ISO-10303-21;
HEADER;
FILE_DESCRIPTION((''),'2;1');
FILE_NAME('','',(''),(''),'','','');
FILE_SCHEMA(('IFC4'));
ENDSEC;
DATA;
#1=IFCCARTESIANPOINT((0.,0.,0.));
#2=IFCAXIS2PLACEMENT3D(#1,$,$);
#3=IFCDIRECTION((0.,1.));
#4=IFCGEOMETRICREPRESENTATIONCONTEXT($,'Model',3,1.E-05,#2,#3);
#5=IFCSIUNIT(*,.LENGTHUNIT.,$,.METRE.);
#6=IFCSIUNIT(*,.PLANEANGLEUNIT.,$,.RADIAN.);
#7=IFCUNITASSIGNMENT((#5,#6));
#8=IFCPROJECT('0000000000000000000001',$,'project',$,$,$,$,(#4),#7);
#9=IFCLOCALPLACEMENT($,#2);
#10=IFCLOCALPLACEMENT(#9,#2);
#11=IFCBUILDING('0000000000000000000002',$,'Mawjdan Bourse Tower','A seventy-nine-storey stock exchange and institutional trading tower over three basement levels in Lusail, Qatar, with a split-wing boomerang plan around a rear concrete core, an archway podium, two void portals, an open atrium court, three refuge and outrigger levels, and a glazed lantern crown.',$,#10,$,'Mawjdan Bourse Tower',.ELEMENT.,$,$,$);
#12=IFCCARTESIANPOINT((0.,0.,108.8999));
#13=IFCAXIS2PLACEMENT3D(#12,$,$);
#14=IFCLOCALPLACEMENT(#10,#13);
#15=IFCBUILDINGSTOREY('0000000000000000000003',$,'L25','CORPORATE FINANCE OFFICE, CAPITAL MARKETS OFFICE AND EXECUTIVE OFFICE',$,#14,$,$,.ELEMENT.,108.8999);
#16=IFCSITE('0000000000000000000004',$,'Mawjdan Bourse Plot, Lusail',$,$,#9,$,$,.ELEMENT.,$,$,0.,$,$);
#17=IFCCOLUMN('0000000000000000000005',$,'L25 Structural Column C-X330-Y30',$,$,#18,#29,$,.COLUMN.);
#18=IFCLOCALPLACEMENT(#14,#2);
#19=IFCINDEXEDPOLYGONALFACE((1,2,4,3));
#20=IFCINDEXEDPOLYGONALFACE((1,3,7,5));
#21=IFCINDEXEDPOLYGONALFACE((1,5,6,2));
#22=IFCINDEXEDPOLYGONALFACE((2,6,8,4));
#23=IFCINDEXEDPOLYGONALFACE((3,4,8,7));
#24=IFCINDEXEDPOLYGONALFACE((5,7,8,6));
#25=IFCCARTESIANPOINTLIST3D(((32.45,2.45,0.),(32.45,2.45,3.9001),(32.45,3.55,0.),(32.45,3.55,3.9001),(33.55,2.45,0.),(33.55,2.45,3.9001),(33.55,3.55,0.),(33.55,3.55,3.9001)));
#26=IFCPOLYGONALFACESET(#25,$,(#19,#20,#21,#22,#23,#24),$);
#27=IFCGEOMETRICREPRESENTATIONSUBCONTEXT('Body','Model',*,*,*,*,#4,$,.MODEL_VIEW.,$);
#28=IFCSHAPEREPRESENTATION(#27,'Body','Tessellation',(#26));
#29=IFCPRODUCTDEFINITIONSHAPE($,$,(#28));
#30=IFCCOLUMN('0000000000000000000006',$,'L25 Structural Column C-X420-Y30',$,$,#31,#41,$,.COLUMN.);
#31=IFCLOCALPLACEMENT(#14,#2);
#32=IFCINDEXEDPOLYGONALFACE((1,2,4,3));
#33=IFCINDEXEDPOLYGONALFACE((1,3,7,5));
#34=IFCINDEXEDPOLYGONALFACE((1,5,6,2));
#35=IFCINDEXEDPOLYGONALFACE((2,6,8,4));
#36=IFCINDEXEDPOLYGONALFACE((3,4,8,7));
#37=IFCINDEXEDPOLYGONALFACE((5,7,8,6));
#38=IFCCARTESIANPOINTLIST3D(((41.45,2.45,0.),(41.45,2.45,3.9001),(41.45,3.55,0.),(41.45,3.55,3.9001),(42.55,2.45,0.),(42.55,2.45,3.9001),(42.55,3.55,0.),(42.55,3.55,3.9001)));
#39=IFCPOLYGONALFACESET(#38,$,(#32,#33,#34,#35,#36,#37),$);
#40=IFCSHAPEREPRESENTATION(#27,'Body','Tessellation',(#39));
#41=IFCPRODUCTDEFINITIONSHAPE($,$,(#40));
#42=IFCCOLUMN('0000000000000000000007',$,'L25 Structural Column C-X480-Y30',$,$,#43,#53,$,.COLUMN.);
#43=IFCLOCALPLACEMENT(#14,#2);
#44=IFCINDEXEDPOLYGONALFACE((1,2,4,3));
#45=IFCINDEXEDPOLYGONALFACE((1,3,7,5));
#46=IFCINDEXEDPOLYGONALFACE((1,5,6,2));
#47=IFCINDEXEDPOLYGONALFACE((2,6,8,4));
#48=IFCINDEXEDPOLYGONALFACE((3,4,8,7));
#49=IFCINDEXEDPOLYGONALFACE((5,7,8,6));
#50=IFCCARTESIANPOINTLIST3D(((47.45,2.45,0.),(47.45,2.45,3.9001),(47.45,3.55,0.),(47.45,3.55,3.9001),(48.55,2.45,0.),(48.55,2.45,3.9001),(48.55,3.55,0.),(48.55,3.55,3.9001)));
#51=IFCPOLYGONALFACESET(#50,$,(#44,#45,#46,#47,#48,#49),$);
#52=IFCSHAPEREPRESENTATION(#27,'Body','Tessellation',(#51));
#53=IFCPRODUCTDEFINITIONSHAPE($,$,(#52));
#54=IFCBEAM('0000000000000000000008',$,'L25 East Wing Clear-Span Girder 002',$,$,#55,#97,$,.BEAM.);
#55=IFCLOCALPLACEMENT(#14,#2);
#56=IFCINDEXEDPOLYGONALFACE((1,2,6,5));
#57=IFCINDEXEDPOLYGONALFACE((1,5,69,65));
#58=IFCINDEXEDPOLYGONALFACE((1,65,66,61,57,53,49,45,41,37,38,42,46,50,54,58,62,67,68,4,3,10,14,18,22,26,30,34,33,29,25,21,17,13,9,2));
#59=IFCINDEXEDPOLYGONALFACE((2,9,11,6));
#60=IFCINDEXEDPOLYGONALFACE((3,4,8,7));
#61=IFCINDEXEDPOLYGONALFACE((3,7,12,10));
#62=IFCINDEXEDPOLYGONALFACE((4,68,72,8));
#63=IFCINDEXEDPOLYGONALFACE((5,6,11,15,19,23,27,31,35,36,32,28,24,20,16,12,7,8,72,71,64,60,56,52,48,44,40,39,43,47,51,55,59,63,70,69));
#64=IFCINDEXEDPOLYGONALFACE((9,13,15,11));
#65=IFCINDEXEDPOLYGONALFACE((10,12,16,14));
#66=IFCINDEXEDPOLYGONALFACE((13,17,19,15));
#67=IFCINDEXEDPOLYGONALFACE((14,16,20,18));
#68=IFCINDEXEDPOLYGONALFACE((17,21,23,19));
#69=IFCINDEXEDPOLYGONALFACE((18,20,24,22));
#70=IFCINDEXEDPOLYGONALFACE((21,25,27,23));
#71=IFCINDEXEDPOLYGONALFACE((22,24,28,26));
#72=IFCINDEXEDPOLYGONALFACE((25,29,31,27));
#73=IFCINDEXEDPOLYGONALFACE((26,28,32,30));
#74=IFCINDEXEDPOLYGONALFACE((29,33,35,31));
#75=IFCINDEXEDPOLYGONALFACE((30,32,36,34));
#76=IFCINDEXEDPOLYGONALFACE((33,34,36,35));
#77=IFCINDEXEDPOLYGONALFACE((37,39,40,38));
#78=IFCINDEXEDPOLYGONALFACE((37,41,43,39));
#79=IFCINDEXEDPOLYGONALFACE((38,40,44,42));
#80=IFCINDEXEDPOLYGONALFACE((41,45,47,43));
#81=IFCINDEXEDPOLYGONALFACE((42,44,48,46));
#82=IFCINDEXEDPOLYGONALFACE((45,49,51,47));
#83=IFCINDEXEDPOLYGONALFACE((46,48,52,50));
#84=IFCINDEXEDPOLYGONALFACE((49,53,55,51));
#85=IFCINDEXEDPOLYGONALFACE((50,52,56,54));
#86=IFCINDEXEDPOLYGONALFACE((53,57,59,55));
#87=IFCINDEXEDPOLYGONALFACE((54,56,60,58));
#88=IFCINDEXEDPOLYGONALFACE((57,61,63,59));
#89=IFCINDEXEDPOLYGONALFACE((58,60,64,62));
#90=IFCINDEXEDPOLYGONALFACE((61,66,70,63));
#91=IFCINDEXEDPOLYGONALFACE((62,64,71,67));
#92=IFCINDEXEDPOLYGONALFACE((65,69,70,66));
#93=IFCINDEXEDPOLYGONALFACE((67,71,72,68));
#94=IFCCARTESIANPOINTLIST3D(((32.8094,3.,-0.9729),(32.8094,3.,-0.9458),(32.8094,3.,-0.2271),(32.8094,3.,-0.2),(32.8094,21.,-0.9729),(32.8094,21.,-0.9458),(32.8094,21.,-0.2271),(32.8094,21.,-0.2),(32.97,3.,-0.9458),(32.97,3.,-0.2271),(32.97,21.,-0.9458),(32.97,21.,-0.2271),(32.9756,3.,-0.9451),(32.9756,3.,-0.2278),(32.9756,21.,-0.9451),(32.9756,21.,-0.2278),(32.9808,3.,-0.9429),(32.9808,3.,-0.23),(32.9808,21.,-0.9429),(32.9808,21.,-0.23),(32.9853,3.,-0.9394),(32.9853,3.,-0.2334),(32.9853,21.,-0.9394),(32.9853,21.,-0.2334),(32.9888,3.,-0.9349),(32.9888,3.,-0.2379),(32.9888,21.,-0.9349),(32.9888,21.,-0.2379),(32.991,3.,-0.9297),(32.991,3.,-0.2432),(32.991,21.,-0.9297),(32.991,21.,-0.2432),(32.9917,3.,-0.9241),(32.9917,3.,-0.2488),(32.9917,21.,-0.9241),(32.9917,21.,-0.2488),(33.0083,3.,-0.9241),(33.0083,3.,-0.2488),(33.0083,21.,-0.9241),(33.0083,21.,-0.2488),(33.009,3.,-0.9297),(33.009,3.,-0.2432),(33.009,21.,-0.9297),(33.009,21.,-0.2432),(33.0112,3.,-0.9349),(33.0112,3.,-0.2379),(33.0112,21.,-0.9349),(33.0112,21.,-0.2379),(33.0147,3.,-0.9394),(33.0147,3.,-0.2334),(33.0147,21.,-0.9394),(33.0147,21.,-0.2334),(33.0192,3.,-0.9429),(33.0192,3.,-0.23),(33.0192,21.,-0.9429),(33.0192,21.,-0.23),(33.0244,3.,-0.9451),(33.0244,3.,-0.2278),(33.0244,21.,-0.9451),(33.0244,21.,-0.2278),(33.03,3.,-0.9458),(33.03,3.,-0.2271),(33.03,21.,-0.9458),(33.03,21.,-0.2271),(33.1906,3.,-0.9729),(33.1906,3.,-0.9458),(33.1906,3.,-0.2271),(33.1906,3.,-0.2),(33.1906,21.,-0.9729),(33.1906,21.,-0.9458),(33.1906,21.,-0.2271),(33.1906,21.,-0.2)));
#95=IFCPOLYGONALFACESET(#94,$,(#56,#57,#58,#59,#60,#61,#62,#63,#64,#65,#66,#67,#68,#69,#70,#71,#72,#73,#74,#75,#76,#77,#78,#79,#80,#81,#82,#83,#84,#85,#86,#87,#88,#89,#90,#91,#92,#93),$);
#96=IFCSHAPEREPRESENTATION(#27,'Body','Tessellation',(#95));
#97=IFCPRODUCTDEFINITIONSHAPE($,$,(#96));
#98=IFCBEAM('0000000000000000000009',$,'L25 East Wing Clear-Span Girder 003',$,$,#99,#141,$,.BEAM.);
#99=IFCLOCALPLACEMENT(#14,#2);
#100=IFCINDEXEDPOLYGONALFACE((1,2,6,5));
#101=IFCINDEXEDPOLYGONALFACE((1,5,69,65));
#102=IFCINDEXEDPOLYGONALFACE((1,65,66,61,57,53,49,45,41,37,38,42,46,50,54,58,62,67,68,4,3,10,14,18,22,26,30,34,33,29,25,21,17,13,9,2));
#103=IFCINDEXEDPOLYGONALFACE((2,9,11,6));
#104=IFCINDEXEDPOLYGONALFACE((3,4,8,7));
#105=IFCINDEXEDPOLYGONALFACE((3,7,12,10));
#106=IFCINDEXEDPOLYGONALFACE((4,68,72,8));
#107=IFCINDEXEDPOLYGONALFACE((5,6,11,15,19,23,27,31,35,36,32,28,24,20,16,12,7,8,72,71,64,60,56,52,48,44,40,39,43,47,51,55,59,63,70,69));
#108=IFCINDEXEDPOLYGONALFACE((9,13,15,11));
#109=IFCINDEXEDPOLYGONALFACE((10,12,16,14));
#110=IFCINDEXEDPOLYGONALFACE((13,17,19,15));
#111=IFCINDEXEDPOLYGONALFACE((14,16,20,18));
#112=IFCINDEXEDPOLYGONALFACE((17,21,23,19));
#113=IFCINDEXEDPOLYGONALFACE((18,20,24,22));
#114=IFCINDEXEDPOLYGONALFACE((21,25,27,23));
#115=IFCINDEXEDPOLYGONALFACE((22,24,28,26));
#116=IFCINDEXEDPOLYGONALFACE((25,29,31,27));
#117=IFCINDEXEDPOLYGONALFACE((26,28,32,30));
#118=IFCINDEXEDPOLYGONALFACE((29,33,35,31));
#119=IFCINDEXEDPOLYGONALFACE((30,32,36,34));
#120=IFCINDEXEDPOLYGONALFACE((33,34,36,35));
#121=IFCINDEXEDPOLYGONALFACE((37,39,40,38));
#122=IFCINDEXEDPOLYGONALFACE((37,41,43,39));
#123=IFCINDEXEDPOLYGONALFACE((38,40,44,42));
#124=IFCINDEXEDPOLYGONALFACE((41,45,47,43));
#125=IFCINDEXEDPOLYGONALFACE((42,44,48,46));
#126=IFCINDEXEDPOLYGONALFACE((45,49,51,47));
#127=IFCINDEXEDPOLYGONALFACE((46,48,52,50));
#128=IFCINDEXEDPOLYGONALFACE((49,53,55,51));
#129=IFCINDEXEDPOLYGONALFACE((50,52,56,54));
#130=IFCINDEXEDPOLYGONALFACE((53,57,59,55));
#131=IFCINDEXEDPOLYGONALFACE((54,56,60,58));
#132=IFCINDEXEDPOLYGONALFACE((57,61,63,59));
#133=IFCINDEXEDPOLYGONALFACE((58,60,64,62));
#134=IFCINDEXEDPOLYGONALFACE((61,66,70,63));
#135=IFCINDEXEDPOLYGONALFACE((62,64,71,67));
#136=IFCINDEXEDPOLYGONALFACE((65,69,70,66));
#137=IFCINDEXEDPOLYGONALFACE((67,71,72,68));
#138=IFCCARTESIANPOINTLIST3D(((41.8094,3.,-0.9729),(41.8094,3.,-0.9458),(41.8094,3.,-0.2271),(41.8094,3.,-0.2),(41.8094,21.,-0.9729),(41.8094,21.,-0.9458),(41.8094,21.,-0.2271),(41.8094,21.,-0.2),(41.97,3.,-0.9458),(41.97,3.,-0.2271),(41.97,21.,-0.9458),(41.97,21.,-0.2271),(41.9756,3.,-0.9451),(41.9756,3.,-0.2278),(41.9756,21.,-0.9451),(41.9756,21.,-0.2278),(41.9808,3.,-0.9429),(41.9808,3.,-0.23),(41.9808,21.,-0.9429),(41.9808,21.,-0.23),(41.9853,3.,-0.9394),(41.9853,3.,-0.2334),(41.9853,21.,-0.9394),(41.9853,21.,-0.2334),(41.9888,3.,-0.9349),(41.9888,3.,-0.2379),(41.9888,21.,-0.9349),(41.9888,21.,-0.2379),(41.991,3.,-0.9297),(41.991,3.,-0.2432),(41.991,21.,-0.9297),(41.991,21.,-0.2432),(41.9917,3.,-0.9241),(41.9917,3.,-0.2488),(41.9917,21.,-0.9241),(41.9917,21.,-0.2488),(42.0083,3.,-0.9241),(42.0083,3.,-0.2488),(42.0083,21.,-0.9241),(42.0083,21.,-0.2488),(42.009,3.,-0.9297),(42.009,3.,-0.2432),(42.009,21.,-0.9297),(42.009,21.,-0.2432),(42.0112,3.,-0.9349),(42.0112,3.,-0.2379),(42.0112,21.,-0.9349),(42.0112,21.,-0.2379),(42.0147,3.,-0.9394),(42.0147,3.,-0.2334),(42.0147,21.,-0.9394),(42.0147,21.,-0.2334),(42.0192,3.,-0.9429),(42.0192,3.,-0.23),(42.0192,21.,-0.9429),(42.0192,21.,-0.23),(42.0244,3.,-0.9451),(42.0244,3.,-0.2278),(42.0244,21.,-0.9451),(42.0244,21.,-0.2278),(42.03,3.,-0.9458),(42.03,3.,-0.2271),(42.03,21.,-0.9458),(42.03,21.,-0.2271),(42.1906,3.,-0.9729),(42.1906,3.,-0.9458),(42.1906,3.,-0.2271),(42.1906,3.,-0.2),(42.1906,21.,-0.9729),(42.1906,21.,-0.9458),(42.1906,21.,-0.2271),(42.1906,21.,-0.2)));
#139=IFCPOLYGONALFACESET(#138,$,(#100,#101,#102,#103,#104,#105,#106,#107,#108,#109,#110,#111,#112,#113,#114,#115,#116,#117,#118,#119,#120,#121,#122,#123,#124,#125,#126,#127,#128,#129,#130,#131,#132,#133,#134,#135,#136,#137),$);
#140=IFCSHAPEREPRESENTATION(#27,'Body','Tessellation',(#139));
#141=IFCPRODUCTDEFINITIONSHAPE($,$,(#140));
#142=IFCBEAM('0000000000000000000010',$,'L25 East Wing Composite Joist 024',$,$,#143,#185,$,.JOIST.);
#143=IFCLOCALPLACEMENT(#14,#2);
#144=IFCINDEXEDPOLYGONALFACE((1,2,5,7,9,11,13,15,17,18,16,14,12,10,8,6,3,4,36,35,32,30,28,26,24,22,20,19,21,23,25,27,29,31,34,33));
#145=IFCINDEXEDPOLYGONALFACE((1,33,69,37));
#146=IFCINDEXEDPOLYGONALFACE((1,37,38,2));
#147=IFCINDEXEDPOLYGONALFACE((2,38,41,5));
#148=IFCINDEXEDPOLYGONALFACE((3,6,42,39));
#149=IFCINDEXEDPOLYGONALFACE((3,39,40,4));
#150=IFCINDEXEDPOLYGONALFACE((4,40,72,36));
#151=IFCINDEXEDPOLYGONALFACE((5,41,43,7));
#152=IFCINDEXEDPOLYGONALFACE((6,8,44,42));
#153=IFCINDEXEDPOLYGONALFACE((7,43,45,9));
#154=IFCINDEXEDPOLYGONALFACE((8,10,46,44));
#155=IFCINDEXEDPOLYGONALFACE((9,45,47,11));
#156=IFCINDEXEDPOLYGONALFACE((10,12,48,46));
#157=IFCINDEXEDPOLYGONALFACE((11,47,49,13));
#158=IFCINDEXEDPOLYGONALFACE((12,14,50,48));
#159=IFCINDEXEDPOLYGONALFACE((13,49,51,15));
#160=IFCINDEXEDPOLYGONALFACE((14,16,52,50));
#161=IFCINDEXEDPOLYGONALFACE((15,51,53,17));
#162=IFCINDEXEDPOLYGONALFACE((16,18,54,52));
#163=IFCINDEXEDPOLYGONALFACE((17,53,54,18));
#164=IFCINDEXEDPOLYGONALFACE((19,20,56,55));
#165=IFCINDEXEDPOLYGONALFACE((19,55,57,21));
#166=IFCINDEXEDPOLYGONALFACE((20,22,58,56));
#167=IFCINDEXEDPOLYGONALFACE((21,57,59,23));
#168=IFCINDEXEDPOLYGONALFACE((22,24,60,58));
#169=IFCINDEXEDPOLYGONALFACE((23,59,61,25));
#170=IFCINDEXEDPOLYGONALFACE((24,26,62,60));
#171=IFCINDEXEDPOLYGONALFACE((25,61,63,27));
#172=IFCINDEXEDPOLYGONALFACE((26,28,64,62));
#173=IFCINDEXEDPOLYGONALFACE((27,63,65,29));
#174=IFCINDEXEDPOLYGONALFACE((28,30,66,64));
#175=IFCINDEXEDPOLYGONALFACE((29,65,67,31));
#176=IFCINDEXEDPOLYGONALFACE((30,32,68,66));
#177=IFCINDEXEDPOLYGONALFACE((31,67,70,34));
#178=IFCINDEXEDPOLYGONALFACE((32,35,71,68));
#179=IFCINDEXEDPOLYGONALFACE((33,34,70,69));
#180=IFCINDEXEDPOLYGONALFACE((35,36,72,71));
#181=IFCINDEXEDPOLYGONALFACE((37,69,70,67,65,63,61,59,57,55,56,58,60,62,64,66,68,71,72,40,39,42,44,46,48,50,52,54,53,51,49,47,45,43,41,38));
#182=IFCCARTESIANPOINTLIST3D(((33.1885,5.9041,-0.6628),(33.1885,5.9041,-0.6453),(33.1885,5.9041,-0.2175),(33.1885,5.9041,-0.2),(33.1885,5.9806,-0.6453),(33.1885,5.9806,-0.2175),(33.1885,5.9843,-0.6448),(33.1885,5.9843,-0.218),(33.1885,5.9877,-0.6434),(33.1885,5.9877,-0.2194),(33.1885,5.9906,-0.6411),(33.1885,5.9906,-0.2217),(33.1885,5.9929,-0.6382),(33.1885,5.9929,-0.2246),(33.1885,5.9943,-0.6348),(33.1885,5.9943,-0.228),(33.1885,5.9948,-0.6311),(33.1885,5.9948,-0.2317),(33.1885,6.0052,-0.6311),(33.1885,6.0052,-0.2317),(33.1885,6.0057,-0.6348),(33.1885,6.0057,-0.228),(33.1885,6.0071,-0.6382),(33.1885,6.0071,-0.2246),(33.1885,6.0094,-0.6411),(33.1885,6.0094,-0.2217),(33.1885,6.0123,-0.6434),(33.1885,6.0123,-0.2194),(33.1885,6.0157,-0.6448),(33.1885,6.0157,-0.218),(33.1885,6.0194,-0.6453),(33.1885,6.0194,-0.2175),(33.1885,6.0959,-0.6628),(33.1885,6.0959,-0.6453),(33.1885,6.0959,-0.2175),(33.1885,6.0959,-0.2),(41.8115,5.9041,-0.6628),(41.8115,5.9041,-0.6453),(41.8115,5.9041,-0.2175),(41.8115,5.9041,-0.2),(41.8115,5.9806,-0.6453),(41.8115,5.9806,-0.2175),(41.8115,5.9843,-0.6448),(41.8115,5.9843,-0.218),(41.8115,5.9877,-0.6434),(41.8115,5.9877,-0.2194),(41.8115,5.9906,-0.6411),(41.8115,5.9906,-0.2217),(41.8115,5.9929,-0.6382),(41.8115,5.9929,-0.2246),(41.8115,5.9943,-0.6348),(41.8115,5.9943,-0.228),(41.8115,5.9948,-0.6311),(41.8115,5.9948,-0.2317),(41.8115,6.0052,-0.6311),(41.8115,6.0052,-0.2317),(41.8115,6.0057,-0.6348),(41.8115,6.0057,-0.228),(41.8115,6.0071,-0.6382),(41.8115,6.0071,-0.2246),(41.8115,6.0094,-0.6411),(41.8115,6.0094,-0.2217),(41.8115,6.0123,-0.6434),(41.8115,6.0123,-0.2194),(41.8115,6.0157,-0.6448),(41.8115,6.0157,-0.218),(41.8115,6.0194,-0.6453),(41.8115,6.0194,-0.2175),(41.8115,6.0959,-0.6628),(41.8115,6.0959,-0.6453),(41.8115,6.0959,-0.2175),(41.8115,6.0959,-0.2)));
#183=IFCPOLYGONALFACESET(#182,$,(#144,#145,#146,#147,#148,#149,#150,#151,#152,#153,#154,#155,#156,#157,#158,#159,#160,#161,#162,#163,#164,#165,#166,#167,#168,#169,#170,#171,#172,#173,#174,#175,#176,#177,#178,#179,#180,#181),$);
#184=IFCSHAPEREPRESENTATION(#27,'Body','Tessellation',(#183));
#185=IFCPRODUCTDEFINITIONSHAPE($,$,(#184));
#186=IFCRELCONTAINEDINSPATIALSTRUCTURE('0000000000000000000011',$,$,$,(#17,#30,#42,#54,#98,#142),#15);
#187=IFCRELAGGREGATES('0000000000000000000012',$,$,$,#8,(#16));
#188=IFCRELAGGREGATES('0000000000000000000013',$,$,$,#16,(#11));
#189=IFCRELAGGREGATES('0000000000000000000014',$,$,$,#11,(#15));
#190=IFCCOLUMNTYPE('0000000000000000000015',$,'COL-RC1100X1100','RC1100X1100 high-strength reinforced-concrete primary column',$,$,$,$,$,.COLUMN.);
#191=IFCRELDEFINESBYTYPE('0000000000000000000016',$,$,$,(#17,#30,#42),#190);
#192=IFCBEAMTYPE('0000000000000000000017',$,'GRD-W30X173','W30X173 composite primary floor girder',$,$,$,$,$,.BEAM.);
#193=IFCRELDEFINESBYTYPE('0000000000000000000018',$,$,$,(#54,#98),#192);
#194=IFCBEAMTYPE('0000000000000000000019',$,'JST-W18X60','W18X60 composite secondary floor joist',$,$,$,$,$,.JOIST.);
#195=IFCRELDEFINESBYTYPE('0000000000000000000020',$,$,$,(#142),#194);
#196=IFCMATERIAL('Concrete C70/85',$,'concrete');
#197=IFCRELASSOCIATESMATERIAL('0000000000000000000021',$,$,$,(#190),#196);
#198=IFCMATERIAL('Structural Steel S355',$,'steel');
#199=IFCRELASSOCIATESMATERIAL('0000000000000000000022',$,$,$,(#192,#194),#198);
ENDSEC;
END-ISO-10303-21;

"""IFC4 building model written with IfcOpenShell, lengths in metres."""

from ifc_helpers import new_model, si_unit, direction, frame, origin, origin_2d, place, context, subcontext, project, spatial, rectangle, i_section, extrude, material, material_profile, profile_set, type_object, element, save


model = new_model("IFC4")

# Units and contexts
model_context = context("Model", 3, precision=1e-05, world=origin(), true_north=direction((0.0, 1.0)))
body_context = subcontext(model_context, "Body", "Model", "MODEL_VIEW")
ifc_project = project(units=[si_unit("LENGTHUNIT", "METRE"), si_unit("PLANEANGLEUNIT", "RADIAN")], contexts=[model_context])

# Site, building, storey
site_placement = place(None, origin())
site = spatial("IfcSite", under=ifc_project, at=site_placement, Name="Mawjdan Bourse Plot, Lusail", CompositionType="ELEMENT", RefElevation=0.0)
building_placement = place(site_placement, origin())
building = spatial("IfcBuilding", under=site, at=building_placement, Name="Mawjdan Bourse Tower", Description="A seventy-nine-storey stock exchange and institutional trading tower over three basement levels in Lusail, Qatar, with a split-wing boomerang plan around a rear concrete core, an archway podium, two void portals, an open atrium court, three refuge and outrigger levels, and a glazed lantern crown.", LongName="Mawjdan Bourse Tower", CompositionType="ELEMENT")
storey_placement = place(building_placement, frame((0.0, 0.0, 108.8999)))
storey = spatial("IfcBuildingStorey", under=building, at=storey_placement, Name="L25", Description="CORPORATE FINANCE OFFICE, CAPITAL MARKETS OFFICE AND EXECUTIVE OFFICE", CompositionType="ELEMENT", Elevation=108.8999)

# Columns
ifc_material_1 = material(Name="Concrete C70/85", Category="concrete")
ifc_material_profile_1 = material_profile(ifc_material_1, rectangle(XDim=1.1001, YDim=1.1001, at=origin_2d()), Name="RC1100X1100")
ifc_profile_set_1 = profile_set([ifc_material_profile_1], Name="Concrete C70/85")
column_type = type_object("IfcColumnType", Name="COL-RC1100X1100", Description="RC1100X1100 high-strength reinforced-concrete primary column", PredefinedType="COLUMN", material=ifc_profile_set_1)
for number, where, z_axis, x_axis, name in (
    (1, (33.0, 3.0, 0.0), (0.0, 0.0, 1.0), (1.0, 0.0, 0.0), "L25 Structural Column C-X330-Y30"),
    (2, (42.0, 3.0, 0.0), (0.0, 0.0, 1.0), (1.0, 0.0, 0.0), "L25 Structural Column C-X420-Y30"),
    (3, (48.0, 3.0, 0.0), (0.0, 0.0, 1.0), (1.0, 0.0, 0.0), "L25 Structural Column C-X480-Y30"),
):
    element("IfcColumn", number, at=place(storey_placement, frame(where, z_axis=z_axis, x_axis=x_axis)), inside=storey, type_object=column_type, Name=name, PredefinedType="COLUMN", context=body_context, shape_type="SweptSolid", body=[
        extrude(rectangle(XDim=1.1001, YDim=1.1001, at=origin_2d()), origin(), (0.0, 0.0, 1.0), 3.9001),
    ])

# Beams
ifc_material_2 = material(Name="Structural Steel S355", Category="steel")
ifc_material_profile_2 = material_profile(ifc_material_2, i_section(OverallWidth=0.3811, OverallDepth=0.7729, WebThickness=0.0166, FlangeThickness=0.0271, FilletRadius=0.0217, at=origin_2d()), Name="W30X173")
ifc_profile_set_2 = profile_set([ifc_material_profile_2], Name="Structural Steel S355")
beam_type_1 = type_object("IfcBeamType", Name="GRD-W30X173", Description="W30X173 composite primary floor girder", PredefinedType="BEAM", material=ifc_profile_set_2)
for number, where, z_axis, x_axis, name in (
    (4, (33.0, 3.0, -0.5864), (0.0, 1.0, 0.0), (-1.0, 0.0, 0.0), "L25 East Wing Clear-Span Girder 002"),
    (5, (42.0, 3.0, -0.5864), (0.0, 1.0, 0.0), (-1.0, 0.0, 0.0), "L25 East Wing Clear-Span Girder 003"),
):
    element("IfcBeam", number, at=place(storey_placement, frame(where, z_axis=z_axis, x_axis=x_axis)), inside=storey, type_object=beam_type_1, Name=name, PredefinedType="BEAM", context=body_context, shape_type="SweptSolid", body=[
        extrude(i_section(OverallWidth=0.3811, OverallDepth=0.7729, WebThickness=0.0166, FlangeThickness=0.0271, FilletRadius=0.0217, at=origin_2d()), origin(), (0.0, 0.0, 1.0), 18.0),
    ])
ifc_material_profile_3 = material_profile(ifc_material_2, i_section(OverallWidth=0.1919, OverallDepth=0.4629, WebThickness=0.0105, FlangeThickness=0.0176, FilletRadius=0.0142, at=origin_2d()), Name="W18X60")
ifc_profile_set_3 = profile_set([ifc_material_profile_3], Name="Structural Steel S355")
beam_type_2 = type_object("IfcBeamType", Name="JST-W18X60", Description="W18X60 composite secondary floor joist", PredefinedType="JOIST", material=ifc_profile_set_3)
beam_1_placement = place(storey_placement, frame((33.1885, 6.0, -0.4314), z_axis=(1.0, 0.0, 0.0), x_axis=(0.0, 1.0, 0.0)))
element("IfcBeam", 6, at=beam_1_placement, inside=storey, type_object=beam_type_2, Name="L25 East Wing Composite Joist 024", PredefinedType="JOIST", context=body_context, shape_type="SweptSolid", body=[
    extrude(i_section(OverallWidth=0.1919, OverallDepth=0.4629, WebThickness=0.0105, FlangeThickness=0.0176, FilletRadius=0.0142, at=origin_2d()), origin(), (0.0, 0.0, 1.0), 8.623),
])

save(model, "model.ifc")
